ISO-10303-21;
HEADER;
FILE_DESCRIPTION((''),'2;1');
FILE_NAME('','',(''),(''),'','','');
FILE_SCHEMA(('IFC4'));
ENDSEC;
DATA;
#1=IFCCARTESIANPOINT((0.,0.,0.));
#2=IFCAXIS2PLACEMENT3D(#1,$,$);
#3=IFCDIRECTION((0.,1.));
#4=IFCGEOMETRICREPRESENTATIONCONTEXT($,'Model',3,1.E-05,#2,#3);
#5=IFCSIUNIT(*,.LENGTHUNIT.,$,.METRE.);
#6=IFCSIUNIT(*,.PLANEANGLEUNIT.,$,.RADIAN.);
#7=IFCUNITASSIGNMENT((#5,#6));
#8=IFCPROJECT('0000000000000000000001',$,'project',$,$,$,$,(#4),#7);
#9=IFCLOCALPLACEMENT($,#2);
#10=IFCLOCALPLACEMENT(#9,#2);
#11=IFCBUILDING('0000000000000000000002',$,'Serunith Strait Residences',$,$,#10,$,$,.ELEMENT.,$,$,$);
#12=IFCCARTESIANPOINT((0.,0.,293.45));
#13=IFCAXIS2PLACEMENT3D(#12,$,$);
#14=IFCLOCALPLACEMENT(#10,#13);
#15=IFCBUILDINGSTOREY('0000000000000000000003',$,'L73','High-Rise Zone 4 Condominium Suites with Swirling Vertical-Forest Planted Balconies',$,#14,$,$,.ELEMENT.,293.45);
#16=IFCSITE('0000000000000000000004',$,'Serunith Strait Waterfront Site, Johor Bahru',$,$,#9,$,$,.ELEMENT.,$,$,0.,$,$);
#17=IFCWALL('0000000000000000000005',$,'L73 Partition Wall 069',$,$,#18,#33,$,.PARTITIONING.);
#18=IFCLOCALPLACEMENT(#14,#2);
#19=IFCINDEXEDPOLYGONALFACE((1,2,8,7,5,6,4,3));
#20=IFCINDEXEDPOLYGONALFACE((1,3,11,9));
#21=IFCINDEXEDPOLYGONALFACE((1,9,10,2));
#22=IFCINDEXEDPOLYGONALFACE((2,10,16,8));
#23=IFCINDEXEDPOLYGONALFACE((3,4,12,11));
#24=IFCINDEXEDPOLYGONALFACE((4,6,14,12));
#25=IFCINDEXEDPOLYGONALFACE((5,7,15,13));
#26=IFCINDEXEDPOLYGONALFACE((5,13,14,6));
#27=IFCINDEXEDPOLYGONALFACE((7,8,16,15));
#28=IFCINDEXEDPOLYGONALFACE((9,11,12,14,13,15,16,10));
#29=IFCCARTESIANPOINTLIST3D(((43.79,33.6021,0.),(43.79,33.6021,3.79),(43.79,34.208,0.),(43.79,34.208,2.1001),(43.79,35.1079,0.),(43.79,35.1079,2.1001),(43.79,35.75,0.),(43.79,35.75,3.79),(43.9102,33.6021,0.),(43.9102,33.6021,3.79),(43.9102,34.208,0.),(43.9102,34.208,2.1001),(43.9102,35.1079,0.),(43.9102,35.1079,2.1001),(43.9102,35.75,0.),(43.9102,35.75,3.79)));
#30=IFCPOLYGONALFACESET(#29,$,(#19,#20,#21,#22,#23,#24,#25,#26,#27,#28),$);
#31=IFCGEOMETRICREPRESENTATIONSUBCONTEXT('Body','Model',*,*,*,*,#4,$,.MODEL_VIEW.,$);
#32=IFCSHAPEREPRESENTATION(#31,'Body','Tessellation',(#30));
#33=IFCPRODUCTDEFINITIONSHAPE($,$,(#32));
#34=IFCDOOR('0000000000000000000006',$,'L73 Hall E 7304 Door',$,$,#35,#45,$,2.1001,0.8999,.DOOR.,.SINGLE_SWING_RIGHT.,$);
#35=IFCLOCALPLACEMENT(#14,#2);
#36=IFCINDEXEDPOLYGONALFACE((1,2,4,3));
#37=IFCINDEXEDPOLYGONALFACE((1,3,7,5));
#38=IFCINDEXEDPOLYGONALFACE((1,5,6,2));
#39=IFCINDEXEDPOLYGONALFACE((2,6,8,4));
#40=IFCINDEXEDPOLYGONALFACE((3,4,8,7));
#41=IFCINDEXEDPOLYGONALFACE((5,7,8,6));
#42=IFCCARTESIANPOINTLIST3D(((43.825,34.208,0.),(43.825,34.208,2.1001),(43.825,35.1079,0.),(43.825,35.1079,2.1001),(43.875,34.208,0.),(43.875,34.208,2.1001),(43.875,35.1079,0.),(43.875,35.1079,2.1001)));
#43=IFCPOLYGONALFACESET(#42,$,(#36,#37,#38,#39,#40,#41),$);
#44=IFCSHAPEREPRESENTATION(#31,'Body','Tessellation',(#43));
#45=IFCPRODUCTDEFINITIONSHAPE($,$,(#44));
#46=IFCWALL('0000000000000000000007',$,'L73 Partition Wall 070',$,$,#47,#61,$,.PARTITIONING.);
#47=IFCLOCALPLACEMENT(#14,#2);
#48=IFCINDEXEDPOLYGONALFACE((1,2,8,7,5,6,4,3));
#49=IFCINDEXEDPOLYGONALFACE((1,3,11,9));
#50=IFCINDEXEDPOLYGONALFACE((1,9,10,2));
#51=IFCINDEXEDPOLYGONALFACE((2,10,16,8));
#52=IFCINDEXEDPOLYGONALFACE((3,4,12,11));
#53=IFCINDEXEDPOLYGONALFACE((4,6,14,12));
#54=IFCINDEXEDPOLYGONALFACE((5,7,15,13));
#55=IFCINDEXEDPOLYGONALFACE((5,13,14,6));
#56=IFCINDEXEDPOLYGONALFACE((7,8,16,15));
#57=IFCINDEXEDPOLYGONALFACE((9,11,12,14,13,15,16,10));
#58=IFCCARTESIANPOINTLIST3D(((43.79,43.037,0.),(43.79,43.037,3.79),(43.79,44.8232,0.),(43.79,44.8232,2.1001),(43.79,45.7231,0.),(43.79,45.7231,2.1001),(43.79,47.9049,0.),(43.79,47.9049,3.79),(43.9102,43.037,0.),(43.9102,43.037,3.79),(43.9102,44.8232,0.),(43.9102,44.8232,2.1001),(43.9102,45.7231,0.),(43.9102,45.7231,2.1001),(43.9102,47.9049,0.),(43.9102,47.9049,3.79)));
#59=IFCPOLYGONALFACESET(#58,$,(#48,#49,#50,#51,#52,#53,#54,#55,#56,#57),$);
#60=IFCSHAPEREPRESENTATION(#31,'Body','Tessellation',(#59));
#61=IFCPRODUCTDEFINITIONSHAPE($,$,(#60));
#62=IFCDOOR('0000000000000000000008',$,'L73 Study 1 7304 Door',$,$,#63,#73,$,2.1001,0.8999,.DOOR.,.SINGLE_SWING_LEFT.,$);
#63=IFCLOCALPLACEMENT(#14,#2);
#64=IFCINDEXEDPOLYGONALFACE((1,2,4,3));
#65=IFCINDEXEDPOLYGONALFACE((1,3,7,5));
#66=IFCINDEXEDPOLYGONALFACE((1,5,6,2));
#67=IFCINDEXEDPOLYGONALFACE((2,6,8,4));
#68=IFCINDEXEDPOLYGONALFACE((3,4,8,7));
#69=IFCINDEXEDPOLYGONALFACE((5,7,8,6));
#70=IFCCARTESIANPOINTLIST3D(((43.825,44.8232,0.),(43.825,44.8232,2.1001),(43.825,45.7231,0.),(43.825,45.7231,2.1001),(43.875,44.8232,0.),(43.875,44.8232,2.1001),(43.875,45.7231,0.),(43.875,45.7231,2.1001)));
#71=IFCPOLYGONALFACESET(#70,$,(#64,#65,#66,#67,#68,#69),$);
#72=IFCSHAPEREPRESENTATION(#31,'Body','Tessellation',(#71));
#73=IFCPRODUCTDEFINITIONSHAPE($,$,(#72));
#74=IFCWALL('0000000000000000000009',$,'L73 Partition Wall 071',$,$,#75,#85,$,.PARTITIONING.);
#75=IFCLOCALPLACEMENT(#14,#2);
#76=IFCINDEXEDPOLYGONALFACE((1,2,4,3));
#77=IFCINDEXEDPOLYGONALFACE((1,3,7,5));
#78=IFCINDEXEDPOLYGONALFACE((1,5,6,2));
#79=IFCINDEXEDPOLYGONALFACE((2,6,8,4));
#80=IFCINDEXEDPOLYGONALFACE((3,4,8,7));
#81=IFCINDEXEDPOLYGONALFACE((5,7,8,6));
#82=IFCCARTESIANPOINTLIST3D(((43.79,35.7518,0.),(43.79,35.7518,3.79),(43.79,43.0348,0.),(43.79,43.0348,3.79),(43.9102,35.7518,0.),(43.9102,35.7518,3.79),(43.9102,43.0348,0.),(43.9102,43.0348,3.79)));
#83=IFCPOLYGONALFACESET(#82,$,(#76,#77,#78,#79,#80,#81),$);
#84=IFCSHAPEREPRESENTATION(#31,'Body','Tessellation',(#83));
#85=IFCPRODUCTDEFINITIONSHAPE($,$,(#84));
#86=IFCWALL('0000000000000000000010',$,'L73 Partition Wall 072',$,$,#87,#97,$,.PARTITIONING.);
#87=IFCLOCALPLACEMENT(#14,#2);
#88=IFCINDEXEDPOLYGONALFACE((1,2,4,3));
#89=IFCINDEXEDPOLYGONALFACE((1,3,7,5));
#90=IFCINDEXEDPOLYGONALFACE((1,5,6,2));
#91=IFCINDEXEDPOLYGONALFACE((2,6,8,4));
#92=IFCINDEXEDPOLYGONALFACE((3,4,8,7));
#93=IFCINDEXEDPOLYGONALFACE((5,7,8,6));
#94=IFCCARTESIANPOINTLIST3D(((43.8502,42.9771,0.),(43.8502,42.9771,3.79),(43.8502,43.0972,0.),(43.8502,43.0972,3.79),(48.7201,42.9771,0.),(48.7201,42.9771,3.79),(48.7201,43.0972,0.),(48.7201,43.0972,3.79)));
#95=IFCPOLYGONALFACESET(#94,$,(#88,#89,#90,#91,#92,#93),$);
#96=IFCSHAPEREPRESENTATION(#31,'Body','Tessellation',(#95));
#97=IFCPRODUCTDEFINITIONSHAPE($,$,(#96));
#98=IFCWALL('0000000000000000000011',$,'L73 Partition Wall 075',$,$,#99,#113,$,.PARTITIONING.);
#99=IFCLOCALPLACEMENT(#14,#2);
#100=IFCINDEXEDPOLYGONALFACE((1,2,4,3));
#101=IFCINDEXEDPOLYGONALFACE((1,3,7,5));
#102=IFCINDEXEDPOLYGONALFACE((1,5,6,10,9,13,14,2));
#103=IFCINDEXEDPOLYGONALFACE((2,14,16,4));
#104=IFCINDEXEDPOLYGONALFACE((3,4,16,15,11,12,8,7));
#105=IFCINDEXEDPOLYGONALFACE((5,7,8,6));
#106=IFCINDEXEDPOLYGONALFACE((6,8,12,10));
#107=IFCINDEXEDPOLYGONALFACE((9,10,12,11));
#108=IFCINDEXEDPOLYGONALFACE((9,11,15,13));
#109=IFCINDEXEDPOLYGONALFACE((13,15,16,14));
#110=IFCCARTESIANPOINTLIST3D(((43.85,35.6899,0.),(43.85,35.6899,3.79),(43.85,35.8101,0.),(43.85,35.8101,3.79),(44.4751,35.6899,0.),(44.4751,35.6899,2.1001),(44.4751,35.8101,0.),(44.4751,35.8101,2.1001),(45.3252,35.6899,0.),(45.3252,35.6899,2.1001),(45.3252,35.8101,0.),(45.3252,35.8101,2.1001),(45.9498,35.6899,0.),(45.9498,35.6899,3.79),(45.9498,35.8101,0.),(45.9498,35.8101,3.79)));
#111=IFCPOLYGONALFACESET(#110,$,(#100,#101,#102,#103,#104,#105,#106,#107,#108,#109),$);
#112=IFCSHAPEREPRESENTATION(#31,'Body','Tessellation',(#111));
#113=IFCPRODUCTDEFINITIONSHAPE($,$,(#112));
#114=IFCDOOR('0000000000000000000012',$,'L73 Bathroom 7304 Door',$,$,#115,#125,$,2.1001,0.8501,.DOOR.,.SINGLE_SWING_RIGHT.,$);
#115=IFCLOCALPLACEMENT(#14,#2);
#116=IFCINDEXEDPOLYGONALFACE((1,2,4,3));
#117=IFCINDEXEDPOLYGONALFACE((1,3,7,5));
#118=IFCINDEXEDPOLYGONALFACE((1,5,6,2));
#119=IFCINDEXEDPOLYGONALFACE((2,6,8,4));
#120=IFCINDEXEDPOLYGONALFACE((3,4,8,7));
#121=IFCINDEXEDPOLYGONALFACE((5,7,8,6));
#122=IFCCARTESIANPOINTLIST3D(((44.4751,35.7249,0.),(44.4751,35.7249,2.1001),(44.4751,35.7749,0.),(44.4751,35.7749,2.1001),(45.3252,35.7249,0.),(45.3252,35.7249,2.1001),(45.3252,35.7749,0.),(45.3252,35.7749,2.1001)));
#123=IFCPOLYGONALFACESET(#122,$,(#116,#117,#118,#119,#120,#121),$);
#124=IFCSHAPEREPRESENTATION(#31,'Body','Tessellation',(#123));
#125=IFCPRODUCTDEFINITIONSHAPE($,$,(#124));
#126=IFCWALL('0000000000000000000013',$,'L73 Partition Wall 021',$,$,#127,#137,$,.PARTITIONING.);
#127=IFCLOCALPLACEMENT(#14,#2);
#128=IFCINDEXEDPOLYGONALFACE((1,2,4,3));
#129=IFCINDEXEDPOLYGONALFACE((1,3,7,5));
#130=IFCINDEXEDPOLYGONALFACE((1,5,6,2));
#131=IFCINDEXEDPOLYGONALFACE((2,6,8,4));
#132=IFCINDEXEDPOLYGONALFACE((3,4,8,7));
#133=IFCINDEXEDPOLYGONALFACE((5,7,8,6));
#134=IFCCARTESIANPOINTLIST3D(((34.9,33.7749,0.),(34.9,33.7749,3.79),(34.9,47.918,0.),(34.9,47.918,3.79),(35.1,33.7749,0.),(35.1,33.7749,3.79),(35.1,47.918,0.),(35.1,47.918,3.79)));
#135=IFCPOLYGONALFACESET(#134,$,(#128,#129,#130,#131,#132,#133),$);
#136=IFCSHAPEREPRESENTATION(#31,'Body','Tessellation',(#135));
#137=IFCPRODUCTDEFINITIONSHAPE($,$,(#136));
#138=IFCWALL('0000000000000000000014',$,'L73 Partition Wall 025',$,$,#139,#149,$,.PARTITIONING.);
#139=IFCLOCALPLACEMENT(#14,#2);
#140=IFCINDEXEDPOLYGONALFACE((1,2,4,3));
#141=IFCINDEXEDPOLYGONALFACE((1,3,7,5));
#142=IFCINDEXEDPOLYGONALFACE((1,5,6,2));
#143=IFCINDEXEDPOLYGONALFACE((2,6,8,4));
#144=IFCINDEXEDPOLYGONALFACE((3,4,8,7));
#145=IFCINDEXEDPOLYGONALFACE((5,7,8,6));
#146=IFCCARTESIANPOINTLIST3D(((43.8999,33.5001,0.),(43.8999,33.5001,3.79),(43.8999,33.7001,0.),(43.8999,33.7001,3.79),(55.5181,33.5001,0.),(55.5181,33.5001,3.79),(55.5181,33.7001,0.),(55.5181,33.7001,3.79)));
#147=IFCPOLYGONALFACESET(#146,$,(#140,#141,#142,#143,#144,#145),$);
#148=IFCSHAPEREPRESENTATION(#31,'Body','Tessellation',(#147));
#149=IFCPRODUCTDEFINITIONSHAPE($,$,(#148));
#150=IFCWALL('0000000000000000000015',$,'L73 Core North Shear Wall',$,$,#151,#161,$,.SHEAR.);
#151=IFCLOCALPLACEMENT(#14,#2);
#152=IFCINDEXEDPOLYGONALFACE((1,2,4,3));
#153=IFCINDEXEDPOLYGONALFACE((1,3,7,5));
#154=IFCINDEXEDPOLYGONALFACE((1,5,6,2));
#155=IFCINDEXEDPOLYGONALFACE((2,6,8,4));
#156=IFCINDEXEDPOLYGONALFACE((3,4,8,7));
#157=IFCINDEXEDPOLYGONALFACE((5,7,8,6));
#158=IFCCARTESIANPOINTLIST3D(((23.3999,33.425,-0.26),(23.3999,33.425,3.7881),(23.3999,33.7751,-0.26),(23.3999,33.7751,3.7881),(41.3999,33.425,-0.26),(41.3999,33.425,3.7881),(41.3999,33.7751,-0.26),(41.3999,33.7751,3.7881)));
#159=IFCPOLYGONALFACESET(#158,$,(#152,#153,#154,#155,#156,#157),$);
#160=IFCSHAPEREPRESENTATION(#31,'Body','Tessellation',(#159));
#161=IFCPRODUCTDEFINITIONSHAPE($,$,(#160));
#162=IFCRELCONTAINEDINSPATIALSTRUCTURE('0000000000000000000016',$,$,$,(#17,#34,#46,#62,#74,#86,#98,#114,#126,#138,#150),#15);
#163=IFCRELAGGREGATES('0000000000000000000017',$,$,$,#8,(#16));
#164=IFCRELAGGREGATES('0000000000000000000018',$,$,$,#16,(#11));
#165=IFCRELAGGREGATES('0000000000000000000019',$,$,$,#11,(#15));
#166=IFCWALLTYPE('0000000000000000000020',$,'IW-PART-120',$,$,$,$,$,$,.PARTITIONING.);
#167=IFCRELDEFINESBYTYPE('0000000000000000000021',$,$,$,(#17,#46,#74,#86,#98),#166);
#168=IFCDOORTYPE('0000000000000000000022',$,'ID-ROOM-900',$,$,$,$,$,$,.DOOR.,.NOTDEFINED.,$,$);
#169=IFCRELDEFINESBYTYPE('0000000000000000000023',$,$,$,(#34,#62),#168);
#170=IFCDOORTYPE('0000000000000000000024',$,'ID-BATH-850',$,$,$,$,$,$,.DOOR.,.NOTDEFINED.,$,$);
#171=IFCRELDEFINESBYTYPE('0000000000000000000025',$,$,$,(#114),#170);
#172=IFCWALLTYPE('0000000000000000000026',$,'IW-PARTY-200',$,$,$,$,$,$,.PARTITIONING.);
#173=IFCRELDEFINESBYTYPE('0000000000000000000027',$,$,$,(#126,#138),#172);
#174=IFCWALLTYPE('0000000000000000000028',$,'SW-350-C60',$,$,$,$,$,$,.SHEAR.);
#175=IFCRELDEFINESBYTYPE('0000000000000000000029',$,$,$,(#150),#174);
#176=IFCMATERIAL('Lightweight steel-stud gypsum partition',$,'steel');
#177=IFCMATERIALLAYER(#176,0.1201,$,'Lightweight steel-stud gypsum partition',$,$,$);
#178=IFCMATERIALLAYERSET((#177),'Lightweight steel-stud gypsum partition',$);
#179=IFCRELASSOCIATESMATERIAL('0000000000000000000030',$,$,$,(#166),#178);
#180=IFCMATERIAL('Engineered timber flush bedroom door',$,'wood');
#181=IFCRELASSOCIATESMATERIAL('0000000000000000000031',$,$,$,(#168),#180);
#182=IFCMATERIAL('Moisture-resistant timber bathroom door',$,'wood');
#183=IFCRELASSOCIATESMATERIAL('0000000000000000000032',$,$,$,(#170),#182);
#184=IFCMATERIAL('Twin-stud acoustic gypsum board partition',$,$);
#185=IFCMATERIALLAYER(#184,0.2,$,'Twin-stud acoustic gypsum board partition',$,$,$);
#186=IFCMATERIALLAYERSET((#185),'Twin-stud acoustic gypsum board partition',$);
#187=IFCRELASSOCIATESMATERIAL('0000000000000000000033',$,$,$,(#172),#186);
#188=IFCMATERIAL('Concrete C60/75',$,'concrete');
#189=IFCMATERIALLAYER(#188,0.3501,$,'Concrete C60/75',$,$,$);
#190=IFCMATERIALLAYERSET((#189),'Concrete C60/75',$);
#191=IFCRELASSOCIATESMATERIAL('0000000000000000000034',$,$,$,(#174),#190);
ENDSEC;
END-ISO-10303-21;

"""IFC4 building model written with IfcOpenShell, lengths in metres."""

from ifc_helpers import new_model, si_unit, direction, frame, frame_2d, origin, place, context, subcontext, project, spatial, rectangle, extrude, source, transform, mapped, material, layer, layer_set, type_object, element, fill, save


model = new_model("IFC4")

# Units and contexts
model_context = context("Model", 3, precision=1e-05, world=origin(), true_north=direction((0.0, 1.0)))
body_context = subcontext(model_context, "Body", "Model", "MODEL_VIEW")
ifc_project = project(units=[si_unit("LENGTHUNIT", "METRE"), si_unit("PLANEANGLEUNIT", "RADIAN")], contexts=[model_context])

# Site, building, storey
site_placement = place(None, origin())
site = spatial("IfcSite", under=ifc_project, at=site_placement, Name="Serunith Strait Waterfront Site, Johor Bahru", CompositionType="ELEMENT", RefElevation=0.0)
building_placement = place(site_placement, origin())
building = spatial("IfcBuilding", under=site, at=building_placement, Name="Serunith Strait Residences", CompositionType="ELEMENT")
storey_placement = place(building_placement, frame((0.0, 0.0, 293.45)))
storey = spatial("IfcBuildingStorey", under=building, at=storey_placement, Name="L73", Description="High-Rise Zone 4 Condominium Suites with Swirling Vertical-Forest Planted Balconies", CompositionType="ELEMENT", Elevation=293.45)

# Walls, openings, doors
ifc_material_1 = material(Name="Lightweight steel-stud gypsum partition", Category="steel")
ifc_layer_1 = layer(ifc_material_1, 0.1201, Name="Lightweight steel-stud gypsum partition")
ifc_layer_set_1 = layer_set([ifc_layer_1], Name="Lightweight steel-stud gypsum partition")
wall_type_1 = type_object("IfcWallType", Name="IW-PART-120", PredefinedType="PARTITIONING", material=ifc_layer_set_1)
wall_1_placement = place(storey_placement, frame((43.8501, 35.75, 0.0), z_axis=(0.0, 0.0, 1.0), x_axis=(0.0, -1.0, 0.0)))
wall_1 = element("IfcWall", 1, at=wall_1_placement, inside=storey, type_object=wall_type_1, Name="L73 Partition Wall 069", PredefinedType="PARTITIONING", context=body_context, shape_type="SweptSolid", body=[
    extrude(rectangle(XDim=2.1479, YDim=0.1201, at=frame_2d((1.074, 0.0))), origin(), (0.0, 0.0, 1.0), 3.79),
])
opening_1_placement = place(wall_1_placement, frame((0.6421, 0.0, 0.0)))
opening_1 = element("IfcOpeningElement", 2, at=opening_1_placement, cuts=wall_1, PredefinedType="OPENING", context=body_context, shape_type="SweptSolid", body=[
    extrude(rectangle(XDim=0.8999, YDim=2.1001, at=frame_2d((0.45, 1.05))), frame((0.0, 0.0701, 0.0), z_axis=(0.0, -1.0, 0.0), x_axis=(1.0, 0.0, 0.0)), (0.0, 0.0, 1.0), 0.1401),
])
ifc_material_2 = material(Name="Engineered timber flush bedroom door", Category="wood")
door_type_1 = type_object("IfcDoorType", Name="ID-ROOM-900", OperationType="NOTDEFINED", PredefinedType="DOOR", material=ifc_material_2)
shared_shape_1 = source(origin(), body_context, "Body", "SweptSolid", [
    extrude(rectangle(XDim=0.8999, YDim=2.1001, at=frame_2d((0.45, 1.05))), frame((0.0, 0.0249, 0.0), z_axis=(0.0, -1.0, 0.0), x_axis=(1.0, 0.0, 0.0)), (0.0, 0.0, 1.0), 0.05),
])
door_1_placement = place(opening_1_placement, origin())
door_1 = element("IfcDoor", 3, at=door_1_placement, inside=storey, type_object=door_type_1, Name="L73 Hall E 7304 Door", OperationType="SINGLE_SWING_RIGHT", OverallHeight=2.1001, OverallWidth=0.8999, PredefinedType="DOOR", context=body_context, shape_type="MappedRepresentation", body=[
    mapped(shared_shape_1, transform((0.0, 0.0, 0.0), scale=1.0)),
])
fill(opening_1, door_1)
wall_2_placement = place(storey_placement, frame((43.8501, 47.905, 0.0), z_axis=(0.0, 0.0, 1.0), x_axis=(0.0, -1.0, 0.0)))
wall_2 = element("IfcWall", 4, at=wall_2_placement, inside=storey, type_object=wall_type_1, Name="L73 Partition Wall 070", PredefinedType="PARTITIONING", context=body_context, shape_type="SweptSolid", body=[
    extrude(rectangle(XDim=4.8679, YDim=0.1201, at=frame_2d((2.4341, 0.0))), origin(), (0.0, 0.0, 1.0), 3.79),
])
opening_2_placement = place(wall_2_placement, frame((2.1819, 0.0, 0.0)))
opening_2 = element("IfcOpeningElement", 5, at=opening_2_placement, cuts=wall_2, PredefinedType="OPENING", context=body_context, shape_type="SweptSolid", body=[
    extrude(rectangle(XDim=0.8999, YDim=2.1001, at=frame_2d((0.45, 1.05))), frame((0.0, 0.0701, 0.0), z_axis=(0.0, -1.0, 0.0), x_axis=(1.0, 0.0, 0.0)), (0.0, 0.0, 1.0), 0.1401),
])
door_2_placement = place(opening_2_placement, origin())
door_2 = element("IfcDoor", 6, at=door_2_placement, inside=storey, type_object=door_type_1, Name="L73 Study 1 7304 Door", OperationType="SINGLE_SWING_LEFT", OverallHeight=2.1001, OverallWidth=0.8999, PredefinedType="DOOR", context=body_context, shape_type="MappedRepresentation", body=[
    mapped(shared_shape_1, transform((0.0, 0.0, 0.0), scale=1.0)),
])
fill(opening_2, door_2)

# Walls
wall_3_placement = place(storey_placement, frame((43.8501, 43.0349, 0.0), z_axis=(0.0, 0.0, 1.0), x_axis=(0.0, -1.0, 0.0)))
element("IfcWall", 7, at=wall_3_placement, inside=storey, type_object=wall_type_1, Name="L73 Partition Wall 071", PredefinedType="PARTITIONING", context=body_context, shape_type="SweptSolid", body=[
    extrude(rectangle(XDim=7.283, YDim=0.1201, at=frame_2d((3.6416, 0.0))), origin(), (0.0, 0.0, 1.0), 3.79),
])
wall_4_placement = place(storey_placement, frame((43.8501, 43.0371, 0.0), z_axis=(0.0, 0.0, 1.0), x_axis=(1.0, 0.0, 0.0)))
element("IfcWall", 8, at=wall_4_placement, inside=storey, type_object=wall_type_1, Name="L73 Partition Wall 072", PredefinedType="PARTITIONING", context=body_context, shape_type="SweptSolid", body=[
    extrude(rectangle(XDim=4.8699, YDim=0.1201, at=frame_2d((2.4351, 0.0))), origin(), (0.0, 0.0, 1.0), 3.79),
])

# Wall, opening, door
wall_5_placement = place(storey_placement, frame((43.8501, 35.75, 0.0), z_axis=(0.0, 0.0, 1.0), x_axis=(1.0, 0.0, 0.0)))
wall_5 = element("IfcWall", 9, at=wall_5_placement, inside=storey, type_object=wall_type_1, Name="L73 Partition Wall 075", PredefinedType="PARTITIONING", context=body_context, shape_type="SweptSolid", body=[
    extrude(rectangle(XDim=2.0999, YDim=0.1201, at=frame_2d((1.0498, 0.0))), origin(), (0.0, 0.0, 1.0), 3.79),
])
opening_3_placement = place(wall_5_placement, frame((0.625, 0.0, 0.0)))
opening_3 = element("IfcOpeningElement", 10, at=opening_3_placement, cuts=wall_5, PredefinedType="OPENING", context=body_context, shape_type="SweptSolid", body=[
    extrude(rectangle(XDim=0.8501, YDim=2.1001, at=frame_2d((0.425, 1.05))), frame((0.0, 0.0701, 0.0), z_axis=(0.0, -1.0, 0.0), x_axis=(1.0, 0.0, 0.0)), (0.0, 0.0, 1.0), 0.1401),
])
ifc_material_3 = material(Name="Moisture-resistant timber bathroom door", Category="wood")
door_type_2 = type_object("IfcDoorType", Name="ID-BATH-850", OperationType="NOTDEFINED", PredefinedType="DOOR", material=ifc_material_3)
shared_shape_2 = source(origin(), body_context, "Body", "SweptSolid", [
    extrude(rectangle(XDim=0.8501, YDim=2.1001, at=frame_2d((0.425, 1.05))), frame((0.0, 0.0249, 0.0), z_axis=(0.0, -1.0, 0.0), x_axis=(1.0, 0.0, 0.0)), (0.0, 0.0, 1.0), 0.05),
])
door_3_placement = place(opening_3_placement, origin())
door_3 = element("IfcDoor", 11, at=door_3_placement, inside=storey, type_object=door_type_2, Name="L73 Bathroom 7304 Door", OperationType="SINGLE_SWING_RIGHT", OverallHeight=2.1001, OverallWidth=0.8501, PredefinedType="DOOR", context=body_context, shape_type="MappedRepresentation", body=[
    mapped(shared_shape_2, transform((0.0, 0.0, 0.0), scale=1.0)),
])
fill(opening_3, door_3)

# Walls
ifc_material_4 = material(Name="Twin-stud acoustic gypsum board partition")
ifc_layer_2 = layer(ifc_material_4, 0.2, Name="Twin-stud acoustic gypsum board partition")
ifc_layer_set_2 = layer_set([ifc_layer_2], Name="Twin-stud acoustic gypsum board partition")
wall_type_2 = type_object("IfcWallType", Name="IW-PARTY-200", PredefinedType="PARTITIONING", material=ifc_layer_set_2)
wall_6_placement = place(storey_placement, frame((35.0, 33.7749, 0.0), z_axis=(0.0, 0.0, 1.0), x_axis=(0.0, 1.0, 0.0)))
element("IfcWall", 12, at=wall_6_placement, inside=storey, type_object=wall_type_2, Name="L73 Partition Wall 021", PredefinedType="PARTITIONING", context=body_context, shape_type="SweptSolid", body=[
    extrude(rectangle(XDim=14.1431, YDim=0.2, at=frame_2d((7.0715, 0.0))), origin(), (0.0, 0.0, 1.0), 3.79),
])
wall_7_placement = place(storey_placement, frame((43.8999, 33.6001, 0.0), z_axis=(0.0, 0.0, 1.0), x_axis=(1.0, 0.0, 0.0)))
element("IfcWall", 13, at=wall_7_placement, inside=storey, type_object=wall_type_2, Name="L73 Partition Wall 025", PredefinedType="PARTITIONING", context=body_context, shape_type="SweptSolid", body=[
    extrude(rectangle(XDim=11.6182, YDim=0.2, at=frame_2d((5.8091, 0.0))), origin(), (0.0, 0.0, 1.0), 3.79),
])
ifc_material_5 = material(Name="Concrete C60/75", Category="concrete")
ifc_layer_3 = layer(ifc_material_5, 0.3501, Name="Concrete C60/75")
ifc_layer_set_3 = layer_set([ifc_layer_3], Name="Concrete C60/75")
wall_type_3 = type_object("IfcWallType", Name="SW-350-C60", PredefinedType="SHEAR", material=ifc_layer_set_3)
wall_8_placement = place(storey_placement, frame((41.3999, 33.6001, -0.26), z_axis=(0.0, 0.0, 1.0), x_axis=(-1.0, 0.0, 0.0)))
element("IfcWall", 14, at=wall_8_placement, inside=storey, type_object=wall_type_3, Name="L73 Core North Shear Wall", PredefinedType="SHEAR", context=body_context, shape_type="SweptSolid", body=[
    extrude(rectangle(XDim=18.0, YDim=0.3501, at=frame_2d((9.0, 0.0))), origin(), (0.0, 0.0, 1.0), 4.0481),
])

save(model, "model.ifc")
